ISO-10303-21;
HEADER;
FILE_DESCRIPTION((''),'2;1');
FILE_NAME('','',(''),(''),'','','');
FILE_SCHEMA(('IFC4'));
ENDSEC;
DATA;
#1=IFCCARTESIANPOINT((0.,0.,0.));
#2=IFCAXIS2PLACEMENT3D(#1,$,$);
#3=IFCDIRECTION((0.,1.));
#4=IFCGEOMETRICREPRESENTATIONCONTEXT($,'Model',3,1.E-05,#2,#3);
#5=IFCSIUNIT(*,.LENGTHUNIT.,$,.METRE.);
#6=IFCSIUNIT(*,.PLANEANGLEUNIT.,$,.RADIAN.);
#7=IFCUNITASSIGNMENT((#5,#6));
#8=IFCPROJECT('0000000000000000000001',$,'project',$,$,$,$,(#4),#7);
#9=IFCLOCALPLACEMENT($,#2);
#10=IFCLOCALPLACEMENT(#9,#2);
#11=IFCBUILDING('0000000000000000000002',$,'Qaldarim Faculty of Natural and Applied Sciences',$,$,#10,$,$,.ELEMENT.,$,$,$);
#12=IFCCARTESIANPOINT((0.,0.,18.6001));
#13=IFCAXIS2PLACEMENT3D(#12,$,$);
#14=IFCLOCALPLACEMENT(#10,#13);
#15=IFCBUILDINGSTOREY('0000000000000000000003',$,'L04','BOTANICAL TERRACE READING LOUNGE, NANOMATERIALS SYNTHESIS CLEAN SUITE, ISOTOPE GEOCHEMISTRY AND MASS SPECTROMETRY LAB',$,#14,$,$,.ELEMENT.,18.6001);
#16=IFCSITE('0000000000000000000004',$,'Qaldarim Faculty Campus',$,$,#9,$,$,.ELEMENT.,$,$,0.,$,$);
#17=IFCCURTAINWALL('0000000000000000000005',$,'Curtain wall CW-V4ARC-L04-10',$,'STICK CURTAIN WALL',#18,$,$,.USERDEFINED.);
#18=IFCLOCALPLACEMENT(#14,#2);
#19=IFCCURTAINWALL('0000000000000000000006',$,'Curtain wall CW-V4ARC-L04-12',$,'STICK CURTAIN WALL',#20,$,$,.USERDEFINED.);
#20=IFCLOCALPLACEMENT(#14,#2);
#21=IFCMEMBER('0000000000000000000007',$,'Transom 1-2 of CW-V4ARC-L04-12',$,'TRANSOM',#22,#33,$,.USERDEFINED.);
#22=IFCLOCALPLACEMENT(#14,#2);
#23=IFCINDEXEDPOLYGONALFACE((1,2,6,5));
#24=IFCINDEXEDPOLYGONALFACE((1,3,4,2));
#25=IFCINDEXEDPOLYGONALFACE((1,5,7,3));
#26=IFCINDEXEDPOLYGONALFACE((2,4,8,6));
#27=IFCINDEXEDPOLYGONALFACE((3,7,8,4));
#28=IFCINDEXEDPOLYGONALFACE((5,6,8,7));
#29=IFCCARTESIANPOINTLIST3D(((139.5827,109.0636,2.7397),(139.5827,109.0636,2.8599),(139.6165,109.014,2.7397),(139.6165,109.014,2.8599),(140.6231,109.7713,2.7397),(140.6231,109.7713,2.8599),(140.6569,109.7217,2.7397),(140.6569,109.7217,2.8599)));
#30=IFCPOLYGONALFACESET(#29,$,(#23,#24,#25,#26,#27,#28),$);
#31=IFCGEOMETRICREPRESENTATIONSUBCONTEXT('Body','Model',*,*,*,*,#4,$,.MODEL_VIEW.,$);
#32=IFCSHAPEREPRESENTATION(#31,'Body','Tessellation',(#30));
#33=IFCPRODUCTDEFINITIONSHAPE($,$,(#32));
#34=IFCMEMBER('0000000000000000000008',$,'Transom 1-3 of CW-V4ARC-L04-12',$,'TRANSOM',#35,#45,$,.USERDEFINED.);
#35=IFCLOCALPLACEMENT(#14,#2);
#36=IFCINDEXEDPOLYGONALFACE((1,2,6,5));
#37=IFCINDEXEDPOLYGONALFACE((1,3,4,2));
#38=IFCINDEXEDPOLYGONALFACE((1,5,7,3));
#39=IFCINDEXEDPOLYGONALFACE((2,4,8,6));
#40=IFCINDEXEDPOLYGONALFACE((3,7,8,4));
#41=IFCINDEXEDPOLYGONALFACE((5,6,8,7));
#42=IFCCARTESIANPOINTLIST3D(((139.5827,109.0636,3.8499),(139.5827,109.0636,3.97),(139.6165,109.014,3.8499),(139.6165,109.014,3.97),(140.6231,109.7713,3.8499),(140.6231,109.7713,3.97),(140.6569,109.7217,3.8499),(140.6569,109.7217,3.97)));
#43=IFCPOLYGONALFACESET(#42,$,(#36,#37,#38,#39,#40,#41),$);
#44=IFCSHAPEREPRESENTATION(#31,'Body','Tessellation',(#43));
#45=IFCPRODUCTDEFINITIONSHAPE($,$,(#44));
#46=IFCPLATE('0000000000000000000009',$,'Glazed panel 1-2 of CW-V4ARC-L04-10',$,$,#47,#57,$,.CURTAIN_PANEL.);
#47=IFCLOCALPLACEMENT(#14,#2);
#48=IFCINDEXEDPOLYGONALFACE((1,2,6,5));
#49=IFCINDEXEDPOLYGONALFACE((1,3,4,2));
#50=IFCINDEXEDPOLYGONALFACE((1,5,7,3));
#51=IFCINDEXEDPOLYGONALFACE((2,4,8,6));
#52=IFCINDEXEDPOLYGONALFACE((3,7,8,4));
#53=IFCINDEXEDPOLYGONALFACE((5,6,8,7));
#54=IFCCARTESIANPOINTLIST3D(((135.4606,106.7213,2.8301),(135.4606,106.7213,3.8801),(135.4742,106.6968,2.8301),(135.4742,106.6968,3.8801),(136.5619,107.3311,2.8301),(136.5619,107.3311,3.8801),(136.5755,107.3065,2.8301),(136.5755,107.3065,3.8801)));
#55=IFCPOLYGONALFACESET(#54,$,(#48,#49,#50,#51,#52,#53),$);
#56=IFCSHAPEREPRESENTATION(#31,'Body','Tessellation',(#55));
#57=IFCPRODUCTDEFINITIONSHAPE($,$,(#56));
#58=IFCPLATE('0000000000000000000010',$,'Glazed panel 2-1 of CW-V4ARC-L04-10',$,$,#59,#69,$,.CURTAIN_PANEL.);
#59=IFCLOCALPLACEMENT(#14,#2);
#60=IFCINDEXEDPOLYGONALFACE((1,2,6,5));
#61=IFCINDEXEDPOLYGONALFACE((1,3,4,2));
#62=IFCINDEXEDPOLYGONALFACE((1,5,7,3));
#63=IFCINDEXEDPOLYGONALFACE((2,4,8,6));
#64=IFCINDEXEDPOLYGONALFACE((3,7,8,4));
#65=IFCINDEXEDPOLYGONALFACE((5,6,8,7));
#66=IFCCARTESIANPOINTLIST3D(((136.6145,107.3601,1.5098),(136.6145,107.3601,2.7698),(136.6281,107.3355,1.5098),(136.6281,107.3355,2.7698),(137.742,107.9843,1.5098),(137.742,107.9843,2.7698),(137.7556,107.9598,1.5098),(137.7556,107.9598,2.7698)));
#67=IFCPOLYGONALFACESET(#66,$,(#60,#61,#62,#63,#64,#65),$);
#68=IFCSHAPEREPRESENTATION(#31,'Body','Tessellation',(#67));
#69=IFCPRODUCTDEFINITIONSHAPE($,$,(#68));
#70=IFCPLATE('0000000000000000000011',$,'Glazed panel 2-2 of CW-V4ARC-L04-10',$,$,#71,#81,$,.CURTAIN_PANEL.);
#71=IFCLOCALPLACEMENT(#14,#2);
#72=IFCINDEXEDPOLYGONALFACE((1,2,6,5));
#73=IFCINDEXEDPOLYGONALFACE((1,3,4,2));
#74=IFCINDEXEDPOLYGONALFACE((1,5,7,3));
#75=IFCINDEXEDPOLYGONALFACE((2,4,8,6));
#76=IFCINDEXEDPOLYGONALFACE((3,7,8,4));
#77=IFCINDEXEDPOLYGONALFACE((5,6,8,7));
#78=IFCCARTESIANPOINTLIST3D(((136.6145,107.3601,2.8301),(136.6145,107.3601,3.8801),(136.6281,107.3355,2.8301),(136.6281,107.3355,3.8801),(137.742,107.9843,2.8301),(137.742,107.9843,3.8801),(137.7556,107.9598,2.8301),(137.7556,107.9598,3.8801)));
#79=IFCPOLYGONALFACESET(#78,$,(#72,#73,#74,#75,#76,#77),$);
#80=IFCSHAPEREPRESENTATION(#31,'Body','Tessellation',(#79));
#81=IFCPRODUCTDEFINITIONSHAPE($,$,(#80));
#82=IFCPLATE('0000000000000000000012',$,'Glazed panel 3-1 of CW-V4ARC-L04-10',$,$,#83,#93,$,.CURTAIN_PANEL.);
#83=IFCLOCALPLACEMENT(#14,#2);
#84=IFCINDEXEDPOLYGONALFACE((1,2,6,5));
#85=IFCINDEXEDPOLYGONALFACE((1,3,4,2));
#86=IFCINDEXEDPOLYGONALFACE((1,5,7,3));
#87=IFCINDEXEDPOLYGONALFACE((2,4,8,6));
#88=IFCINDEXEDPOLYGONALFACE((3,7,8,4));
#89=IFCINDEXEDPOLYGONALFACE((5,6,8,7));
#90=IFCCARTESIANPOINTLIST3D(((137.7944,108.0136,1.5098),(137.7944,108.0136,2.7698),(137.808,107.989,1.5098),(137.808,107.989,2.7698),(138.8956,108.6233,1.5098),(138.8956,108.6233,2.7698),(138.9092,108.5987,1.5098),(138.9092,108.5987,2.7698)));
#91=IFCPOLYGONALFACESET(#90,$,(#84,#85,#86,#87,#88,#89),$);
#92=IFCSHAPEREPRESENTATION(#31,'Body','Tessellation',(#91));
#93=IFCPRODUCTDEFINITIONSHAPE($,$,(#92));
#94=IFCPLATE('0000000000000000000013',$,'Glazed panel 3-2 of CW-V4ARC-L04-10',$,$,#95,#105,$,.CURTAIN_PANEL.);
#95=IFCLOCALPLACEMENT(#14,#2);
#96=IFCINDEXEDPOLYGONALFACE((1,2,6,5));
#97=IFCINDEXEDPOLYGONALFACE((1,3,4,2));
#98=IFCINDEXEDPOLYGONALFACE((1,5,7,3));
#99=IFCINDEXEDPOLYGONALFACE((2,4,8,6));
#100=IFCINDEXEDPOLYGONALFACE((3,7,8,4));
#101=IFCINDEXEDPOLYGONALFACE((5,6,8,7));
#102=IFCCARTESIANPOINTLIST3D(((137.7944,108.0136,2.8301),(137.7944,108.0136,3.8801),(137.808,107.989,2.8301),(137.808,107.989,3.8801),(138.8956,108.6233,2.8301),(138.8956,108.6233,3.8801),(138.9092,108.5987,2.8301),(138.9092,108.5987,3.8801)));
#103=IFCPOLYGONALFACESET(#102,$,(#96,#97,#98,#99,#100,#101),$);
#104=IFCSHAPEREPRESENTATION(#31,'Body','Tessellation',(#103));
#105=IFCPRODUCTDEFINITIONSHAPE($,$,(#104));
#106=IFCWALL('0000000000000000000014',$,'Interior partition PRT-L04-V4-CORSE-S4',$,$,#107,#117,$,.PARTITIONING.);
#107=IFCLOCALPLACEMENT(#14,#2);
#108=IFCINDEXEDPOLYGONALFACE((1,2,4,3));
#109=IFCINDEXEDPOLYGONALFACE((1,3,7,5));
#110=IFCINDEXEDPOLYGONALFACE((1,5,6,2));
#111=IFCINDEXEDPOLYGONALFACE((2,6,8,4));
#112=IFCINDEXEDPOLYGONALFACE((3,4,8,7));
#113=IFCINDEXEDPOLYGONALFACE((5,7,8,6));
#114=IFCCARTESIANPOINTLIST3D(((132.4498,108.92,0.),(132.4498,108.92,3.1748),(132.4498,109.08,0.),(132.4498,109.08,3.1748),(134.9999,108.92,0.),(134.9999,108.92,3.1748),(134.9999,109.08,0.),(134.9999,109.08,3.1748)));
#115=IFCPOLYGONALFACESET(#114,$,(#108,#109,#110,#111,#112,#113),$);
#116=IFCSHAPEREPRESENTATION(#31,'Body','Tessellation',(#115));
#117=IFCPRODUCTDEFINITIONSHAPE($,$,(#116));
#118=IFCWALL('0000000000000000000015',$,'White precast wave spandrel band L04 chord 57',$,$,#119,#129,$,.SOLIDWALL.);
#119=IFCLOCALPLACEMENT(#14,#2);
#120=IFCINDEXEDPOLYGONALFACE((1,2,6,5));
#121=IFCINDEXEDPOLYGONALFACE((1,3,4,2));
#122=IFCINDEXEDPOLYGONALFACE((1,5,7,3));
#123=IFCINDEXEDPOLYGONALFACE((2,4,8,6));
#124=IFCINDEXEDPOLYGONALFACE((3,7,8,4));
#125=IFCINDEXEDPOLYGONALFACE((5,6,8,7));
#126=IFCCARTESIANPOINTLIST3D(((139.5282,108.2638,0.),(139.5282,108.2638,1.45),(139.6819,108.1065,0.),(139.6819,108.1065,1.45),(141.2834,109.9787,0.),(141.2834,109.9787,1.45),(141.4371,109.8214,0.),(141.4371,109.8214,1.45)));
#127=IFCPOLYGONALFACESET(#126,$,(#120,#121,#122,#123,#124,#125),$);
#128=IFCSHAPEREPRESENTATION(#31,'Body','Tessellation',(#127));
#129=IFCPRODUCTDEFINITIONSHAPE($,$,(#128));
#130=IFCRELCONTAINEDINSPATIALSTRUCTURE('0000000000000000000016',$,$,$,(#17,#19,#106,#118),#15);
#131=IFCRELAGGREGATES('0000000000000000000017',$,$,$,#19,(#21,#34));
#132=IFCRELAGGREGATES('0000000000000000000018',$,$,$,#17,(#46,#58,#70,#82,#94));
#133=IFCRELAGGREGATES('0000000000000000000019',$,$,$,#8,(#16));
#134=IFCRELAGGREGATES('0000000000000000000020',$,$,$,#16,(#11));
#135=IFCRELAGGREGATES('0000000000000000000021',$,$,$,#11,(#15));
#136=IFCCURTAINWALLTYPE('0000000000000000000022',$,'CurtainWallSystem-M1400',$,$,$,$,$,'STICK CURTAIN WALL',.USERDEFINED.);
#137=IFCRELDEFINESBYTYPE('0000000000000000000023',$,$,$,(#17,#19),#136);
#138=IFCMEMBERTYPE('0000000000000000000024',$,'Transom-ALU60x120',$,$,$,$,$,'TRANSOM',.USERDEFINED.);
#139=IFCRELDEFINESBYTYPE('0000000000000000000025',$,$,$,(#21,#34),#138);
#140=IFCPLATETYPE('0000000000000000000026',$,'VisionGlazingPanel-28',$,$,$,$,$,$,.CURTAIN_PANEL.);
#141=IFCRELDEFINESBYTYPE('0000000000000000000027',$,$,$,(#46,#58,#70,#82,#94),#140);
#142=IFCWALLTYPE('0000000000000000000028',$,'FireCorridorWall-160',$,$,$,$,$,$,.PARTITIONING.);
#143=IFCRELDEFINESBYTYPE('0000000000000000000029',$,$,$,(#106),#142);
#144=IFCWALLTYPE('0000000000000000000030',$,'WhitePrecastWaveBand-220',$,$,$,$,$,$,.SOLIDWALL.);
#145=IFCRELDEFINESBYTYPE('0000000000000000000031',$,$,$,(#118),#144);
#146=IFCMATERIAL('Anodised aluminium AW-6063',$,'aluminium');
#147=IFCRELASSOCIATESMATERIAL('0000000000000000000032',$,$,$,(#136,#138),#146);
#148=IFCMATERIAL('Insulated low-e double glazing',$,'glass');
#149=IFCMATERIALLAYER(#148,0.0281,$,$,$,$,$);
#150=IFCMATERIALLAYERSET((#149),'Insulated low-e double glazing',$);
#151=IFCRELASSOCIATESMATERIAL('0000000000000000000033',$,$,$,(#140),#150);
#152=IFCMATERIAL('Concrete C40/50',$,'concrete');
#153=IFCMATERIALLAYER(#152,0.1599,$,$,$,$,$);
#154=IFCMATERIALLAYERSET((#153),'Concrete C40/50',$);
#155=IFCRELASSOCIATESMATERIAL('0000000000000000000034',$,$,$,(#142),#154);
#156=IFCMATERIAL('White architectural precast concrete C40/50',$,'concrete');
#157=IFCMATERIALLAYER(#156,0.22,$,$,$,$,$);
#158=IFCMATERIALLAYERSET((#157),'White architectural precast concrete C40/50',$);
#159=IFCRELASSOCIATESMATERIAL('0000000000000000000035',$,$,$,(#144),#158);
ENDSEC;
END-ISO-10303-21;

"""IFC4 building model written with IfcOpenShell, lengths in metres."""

from ifc_helpers import new_model, si_unit, direction, frame, frame_2d, origin, origin_2d, place, context, subcontext, project, spatial, rectangle, extrude, material, layer, layer_set, material_profile, profile_set, type_object, element, aggregate, save


model = new_model("IFC4")

# Units and contexts
model_context = context("Model", 3, precision=1e-05, world=origin(), true_north=direction((0.0, 1.0)))
body_context = subcontext(model_context, "Body", "Model", "MODEL_VIEW")
ifc_project = project(units=[si_unit("LENGTHUNIT", "METRE"), si_unit("PLANEANGLEUNIT", "RADIAN")], contexts=[model_context])

# Site, building, storey
site_placement = place(None, origin())
site = spatial("IfcSite", under=ifc_project, at=site_placement, Name="Qaldarim Faculty Campus", CompositionType="ELEMENT", RefElevation=0.0)
building_placement = place(site_placement, origin())
building = spatial("IfcBuilding", under=site, at=building_placement, Name="Qaldarim Faculty of Natural and Applied Sciences", CompositionType="ELEMENT")
storey_placement = place(building_placement, frame((0.0, 0.0, 18.6001)))
storey = spatial("IfcBuildingStorey", under=building, at=storey_placement, Name="L04", Description="BOTANICAL TERRACE READING LOUNGE, NANOMATERIALS SYNTHESIS CLEAN SUITE, ISOTOPE GEOCHEMISTRY AND MASS SPECTROMETRY LAB", CompositionType="ELEMENT", Elevation=18.6001)

# Shared definitions
ifc_material_1 = material(Name="Concrete C40/50", Category="concrete")

# Curtain wall
ifc_material_2 = material(Name="Anodised aluminium AW-6063", Category="aluminium")
curtain_wall_type = type_object("IfcCurtainWallType", Name="CurtainWallSystem-M1400", ElementType="STICK CURTAIN WALL", PredefinedType="USERDEFINED", material=ifc_material_2)
curtain_wall_1_placement = place(storey_placement, origin())
curtain_wall_1 = element("IfcCurtainWall", 1, at=curtain_wall_1_placement, inside=storey, type_object=curtain_wall_type, Name="Curtain wall CW-V4ARC-L04-10", ObjectType="STICK CURTAIN WALL", PredefinedType="USERDEFINED")

# Curtain wall
curtain_wall_2_placement = place(storey_placement, origin())
curtain_wall_2 = element("IfcCurtainWall", 2, at=curtain_wall_2_placement, inside=storey, type_object=curtain_wall_type, Name="Curtain wall CW-V4ARC-L04-12", ObjectType="STICK CURTAIN WALL", PredefinedType="USERDEFINED")

# Members
ifc_material_profile_1 = material_profile(ifc_material_2, rectangle(XDim=0.0601, YDim=0.1201, at=origin_2d()), Name="ALU-T60x120")
ifc_profile_set_1 = profile_set([ifc_material_profile_1], Name="Anodised aluminium AW-6063")
member_type_1 = type_object("IfcMemberType", Name="Transom-ALU60x120", ElementType="TRANSOM", PredefinedType="USERDEFINED", material=ifc_profile_set_1)
member_1_placement = place(storey_placement, frame((139.5996, 109.0388, 2.7998), z_axis=(0.826851, 0.562421, 0.0), x_axis=(-0.562421, 0.826851, 0.0)))
member_1 = element("IfcMember", 3, at=member_1_placement, type_object=member_type_1, Name="Transom 1-2 of CW-V4ARC-L04-12", ObjectType="TRANSOM", PredefinedType="USERDEFINED", context=body_context, shape_type="SweptSolid", body=[
    extrude(rectangle(XDim=0.0601, YDim=0.1201, at=origin_2d()), origin(), (0.0, 0.0, 1.0), 1.2583),
])
member_2_placement = place(storey_placement, frame((139.5996, 109.0388, 3.9099), z_axis=(0.826851, 0.562421, 0.0), x_axis=(-0.562421, 0.826851, 0.0)))
member_2 = element("IfcMember", 4, at=member_2_placement, type_object=member_type_1, Name="Transom 1-3 of CW-V4ARC-L04-12", ObjectType="TRANSOM", PredefinedType="USERDEFINED", context=body_context, shape_type="SweptSolid", body=[
    extrude(rectangle(XDim=0.0601, YDim=0.1201, at=origin_2d()), origin(), (0.0, 0.0, 1.0), 1.2583),
])
aggregate(curtain_wall_2, [member_1, member_2])

# Plates
ifc_material_3 = material(Name="Insulated low-e double glazing", Category="glass")
ifc_layer_1 = layer(ifc_material_3, 0.0281)
ifc_layer_set_1 = layer_set([ifc_layer_1], Name="Insulated low-e double glazing")
plate_type = type_object("IfcPlateType", Name="VisionGlazingPanel-28", PredefinedType="CURTAIN_PANEL", material=ifc_layer_set_1)
plate_1_placement = place(storey_placement, frame((136.0181, 107.0139, 2.8301), z_axis=(0.0, 0.0, 1.0), x_axis=(0.874857, 0.484382, 0.0)))
plate_1 = element("IfcPlate", 5, at=plate_1_placement, type_object=plate_type, Name="Glazed panel 1-2 of CW-V4ARC-L04-10", PredefinedType="CURTAIN_PANEL", context=body_context, shape_type="SweptSolid", body=[
    extrude(rectangle(XDim=1.2588, YDim=0.0281, at=origin_2d()), origin(), (0.0, 0.0, 1.0), 1.05),
])
plate_2_placement = place(storey_placement, frame((137.1851, 107.6599, 1.5098), z_axis=(0.0, 0.0, 1.0), x_axis=(0.874857, 0.484382, 0.0)))
plate_2 = element("IfcPlate", 6, at=plate_2_placement, type_object=plate_type, Name="Glazed panel 2-1 of CW-V4ARC-L04-10", PredefinedType="CURTAIN_PANEL", context=body_context, shape_type="SweptSolid", body=[
    extrude(rectangle(XDim=1.2888, YDim=0.0281, at=origin_2d()), origin(), (0.0, 0.0, 1.0), 1.26),
])
plate_3_placement = place(storey_placement, frame((137.1851, 107.6599, 2.8301), z_axis=(0.0, 0.0, 1.0), x_axis=(0.874857, 0.484382, 0.0)))
plate_3 = element("IfcPlate", 7, at=plate_3_placement, type_object=plate_type, Name="Glazed panel 2-2 of CW-V4ARC-L04-10", PredefinedType="CURTAIN_PANEL", context=body_context, shape_type="SweptSolid", body=[
    extrude(rectangle(XDim=1.2888, YDim=0.0281, at=origin_2d()), origin(), (0.0, 0.0, 1.0), 1.05),
])
plate_4_placement = place(storey_placement, frame((138.3518, 108.3062, 1.5098), z_axis=(0.0, 0.0, 1.0), x_axis=(0.874857, 0.484382, 0.0)))
plate_4 = element("IfcPlate", 8, at=plate_4_placement, type_object=plate_type, Name="Glazed panel 3-1 of CW-V4ARC-L04-10", PredefinedType="CURTAIN_PANEL", context=body_context, shape_type="SweptSolid", body=[
    extrude(rectangle(XDim=1.2588, YDim=0.0281, at=origin_2d()), origin(), (0.0, 0.0, 1.0), 1.26),
])
plate_5_placement = place(storey_placement, frame((138.3518, 108.3062, 2.8301), z_axis=(0.0, 0.0, 1.0), x_axis=(0.874857, 0.484382, 0.0)))
plate_5 = element("IfcPlate", 9, at=plate_5_placement, type_object=plate_type, Name="Glazed panel 3-2 of CW-V4ARC-L04-10", PredefinedType="CURTAIN_PANEL", context=body_context, shape_type="SweptSolid", body=[
    extrude(rectangle(XDim=1.2588, YDim=0.0281, at=origin_2d()), origin(), (0.0, 0.0, 1.0), 1.05),
])
aggregate(curtain_wall_1, [plate_1, plate_2, plate_3, plate_4, plate_5])

# Walls
ifc_layer_2 = layer(ifc_material_1, 0.1599)
ifc_layer_set_2 = layer_set([ifc_layer_2], Name="Concrete C40/50")
wall_type_1 = type_object("IfcWallType", Name="FireCorridorWall-160", PredefinedType="PARTITIONING", material=ifc_layer_set_2)
wall_1_placement = place(storey_placement, frame((132.45, 109.0, 0.0), z_axis=(0.0, 0.0, 1.0), x_axis=(1.0, 0.0, 0.0)))
element("IfcWall", 10, at=wall_1_placement, inside=storey, type_object=wall_type_1, Name="Interior partition PRT-L04-V4-CORSE-S4", PredefinedType="PARTITIONING", context=body_context, shape_type="SweptSolid", body=[
    extrude(rectangle(XDim=2.55, YDim=0.1599, at=frame_2d((1.2749, 0.0))), origin(), (0.0, 0.0, 1.0), 3.1748),
])
ifc_material_4 = material(Name="White architectural precast concrete C40/50", Category="concrete")
ifc_layer_3 = layer(ifc_material_4, 0.22)
ifc_layer_set_3 = layer_set([ifc_layer_3], Name="White architectural precast concrete C40/50")
wall_type_2 = type_object("IfcWallType", Name="WhitePrecastWaveBand-220", PredefinedType="SOLIDWALL", material=ifc_layer_set_3)
wall_2_placement = place(storey_placement, frame((139.605, 108.1851, 0.0), z_axis=(0.0, 0.0, 1.0), x_axis=(0.715267, 0.698851, 0.0)))
element("IfcWall", 11, at=wall_2_placement, inside=storey, type_object=wall_type_2, Name="White precast wave spandrel band L04 chord 57", PredefinedType="SOLIDWALL", context=body_context, shape_type="SweptSolid", body=[
    extrude(rectangle(XDim=2.4539, YDim=0.22, at=frame_2d((1.2271, 0.0))), origin(), (0.0, 0.0, 1.0), 1.45),
])

save(model, "model.ifc")
